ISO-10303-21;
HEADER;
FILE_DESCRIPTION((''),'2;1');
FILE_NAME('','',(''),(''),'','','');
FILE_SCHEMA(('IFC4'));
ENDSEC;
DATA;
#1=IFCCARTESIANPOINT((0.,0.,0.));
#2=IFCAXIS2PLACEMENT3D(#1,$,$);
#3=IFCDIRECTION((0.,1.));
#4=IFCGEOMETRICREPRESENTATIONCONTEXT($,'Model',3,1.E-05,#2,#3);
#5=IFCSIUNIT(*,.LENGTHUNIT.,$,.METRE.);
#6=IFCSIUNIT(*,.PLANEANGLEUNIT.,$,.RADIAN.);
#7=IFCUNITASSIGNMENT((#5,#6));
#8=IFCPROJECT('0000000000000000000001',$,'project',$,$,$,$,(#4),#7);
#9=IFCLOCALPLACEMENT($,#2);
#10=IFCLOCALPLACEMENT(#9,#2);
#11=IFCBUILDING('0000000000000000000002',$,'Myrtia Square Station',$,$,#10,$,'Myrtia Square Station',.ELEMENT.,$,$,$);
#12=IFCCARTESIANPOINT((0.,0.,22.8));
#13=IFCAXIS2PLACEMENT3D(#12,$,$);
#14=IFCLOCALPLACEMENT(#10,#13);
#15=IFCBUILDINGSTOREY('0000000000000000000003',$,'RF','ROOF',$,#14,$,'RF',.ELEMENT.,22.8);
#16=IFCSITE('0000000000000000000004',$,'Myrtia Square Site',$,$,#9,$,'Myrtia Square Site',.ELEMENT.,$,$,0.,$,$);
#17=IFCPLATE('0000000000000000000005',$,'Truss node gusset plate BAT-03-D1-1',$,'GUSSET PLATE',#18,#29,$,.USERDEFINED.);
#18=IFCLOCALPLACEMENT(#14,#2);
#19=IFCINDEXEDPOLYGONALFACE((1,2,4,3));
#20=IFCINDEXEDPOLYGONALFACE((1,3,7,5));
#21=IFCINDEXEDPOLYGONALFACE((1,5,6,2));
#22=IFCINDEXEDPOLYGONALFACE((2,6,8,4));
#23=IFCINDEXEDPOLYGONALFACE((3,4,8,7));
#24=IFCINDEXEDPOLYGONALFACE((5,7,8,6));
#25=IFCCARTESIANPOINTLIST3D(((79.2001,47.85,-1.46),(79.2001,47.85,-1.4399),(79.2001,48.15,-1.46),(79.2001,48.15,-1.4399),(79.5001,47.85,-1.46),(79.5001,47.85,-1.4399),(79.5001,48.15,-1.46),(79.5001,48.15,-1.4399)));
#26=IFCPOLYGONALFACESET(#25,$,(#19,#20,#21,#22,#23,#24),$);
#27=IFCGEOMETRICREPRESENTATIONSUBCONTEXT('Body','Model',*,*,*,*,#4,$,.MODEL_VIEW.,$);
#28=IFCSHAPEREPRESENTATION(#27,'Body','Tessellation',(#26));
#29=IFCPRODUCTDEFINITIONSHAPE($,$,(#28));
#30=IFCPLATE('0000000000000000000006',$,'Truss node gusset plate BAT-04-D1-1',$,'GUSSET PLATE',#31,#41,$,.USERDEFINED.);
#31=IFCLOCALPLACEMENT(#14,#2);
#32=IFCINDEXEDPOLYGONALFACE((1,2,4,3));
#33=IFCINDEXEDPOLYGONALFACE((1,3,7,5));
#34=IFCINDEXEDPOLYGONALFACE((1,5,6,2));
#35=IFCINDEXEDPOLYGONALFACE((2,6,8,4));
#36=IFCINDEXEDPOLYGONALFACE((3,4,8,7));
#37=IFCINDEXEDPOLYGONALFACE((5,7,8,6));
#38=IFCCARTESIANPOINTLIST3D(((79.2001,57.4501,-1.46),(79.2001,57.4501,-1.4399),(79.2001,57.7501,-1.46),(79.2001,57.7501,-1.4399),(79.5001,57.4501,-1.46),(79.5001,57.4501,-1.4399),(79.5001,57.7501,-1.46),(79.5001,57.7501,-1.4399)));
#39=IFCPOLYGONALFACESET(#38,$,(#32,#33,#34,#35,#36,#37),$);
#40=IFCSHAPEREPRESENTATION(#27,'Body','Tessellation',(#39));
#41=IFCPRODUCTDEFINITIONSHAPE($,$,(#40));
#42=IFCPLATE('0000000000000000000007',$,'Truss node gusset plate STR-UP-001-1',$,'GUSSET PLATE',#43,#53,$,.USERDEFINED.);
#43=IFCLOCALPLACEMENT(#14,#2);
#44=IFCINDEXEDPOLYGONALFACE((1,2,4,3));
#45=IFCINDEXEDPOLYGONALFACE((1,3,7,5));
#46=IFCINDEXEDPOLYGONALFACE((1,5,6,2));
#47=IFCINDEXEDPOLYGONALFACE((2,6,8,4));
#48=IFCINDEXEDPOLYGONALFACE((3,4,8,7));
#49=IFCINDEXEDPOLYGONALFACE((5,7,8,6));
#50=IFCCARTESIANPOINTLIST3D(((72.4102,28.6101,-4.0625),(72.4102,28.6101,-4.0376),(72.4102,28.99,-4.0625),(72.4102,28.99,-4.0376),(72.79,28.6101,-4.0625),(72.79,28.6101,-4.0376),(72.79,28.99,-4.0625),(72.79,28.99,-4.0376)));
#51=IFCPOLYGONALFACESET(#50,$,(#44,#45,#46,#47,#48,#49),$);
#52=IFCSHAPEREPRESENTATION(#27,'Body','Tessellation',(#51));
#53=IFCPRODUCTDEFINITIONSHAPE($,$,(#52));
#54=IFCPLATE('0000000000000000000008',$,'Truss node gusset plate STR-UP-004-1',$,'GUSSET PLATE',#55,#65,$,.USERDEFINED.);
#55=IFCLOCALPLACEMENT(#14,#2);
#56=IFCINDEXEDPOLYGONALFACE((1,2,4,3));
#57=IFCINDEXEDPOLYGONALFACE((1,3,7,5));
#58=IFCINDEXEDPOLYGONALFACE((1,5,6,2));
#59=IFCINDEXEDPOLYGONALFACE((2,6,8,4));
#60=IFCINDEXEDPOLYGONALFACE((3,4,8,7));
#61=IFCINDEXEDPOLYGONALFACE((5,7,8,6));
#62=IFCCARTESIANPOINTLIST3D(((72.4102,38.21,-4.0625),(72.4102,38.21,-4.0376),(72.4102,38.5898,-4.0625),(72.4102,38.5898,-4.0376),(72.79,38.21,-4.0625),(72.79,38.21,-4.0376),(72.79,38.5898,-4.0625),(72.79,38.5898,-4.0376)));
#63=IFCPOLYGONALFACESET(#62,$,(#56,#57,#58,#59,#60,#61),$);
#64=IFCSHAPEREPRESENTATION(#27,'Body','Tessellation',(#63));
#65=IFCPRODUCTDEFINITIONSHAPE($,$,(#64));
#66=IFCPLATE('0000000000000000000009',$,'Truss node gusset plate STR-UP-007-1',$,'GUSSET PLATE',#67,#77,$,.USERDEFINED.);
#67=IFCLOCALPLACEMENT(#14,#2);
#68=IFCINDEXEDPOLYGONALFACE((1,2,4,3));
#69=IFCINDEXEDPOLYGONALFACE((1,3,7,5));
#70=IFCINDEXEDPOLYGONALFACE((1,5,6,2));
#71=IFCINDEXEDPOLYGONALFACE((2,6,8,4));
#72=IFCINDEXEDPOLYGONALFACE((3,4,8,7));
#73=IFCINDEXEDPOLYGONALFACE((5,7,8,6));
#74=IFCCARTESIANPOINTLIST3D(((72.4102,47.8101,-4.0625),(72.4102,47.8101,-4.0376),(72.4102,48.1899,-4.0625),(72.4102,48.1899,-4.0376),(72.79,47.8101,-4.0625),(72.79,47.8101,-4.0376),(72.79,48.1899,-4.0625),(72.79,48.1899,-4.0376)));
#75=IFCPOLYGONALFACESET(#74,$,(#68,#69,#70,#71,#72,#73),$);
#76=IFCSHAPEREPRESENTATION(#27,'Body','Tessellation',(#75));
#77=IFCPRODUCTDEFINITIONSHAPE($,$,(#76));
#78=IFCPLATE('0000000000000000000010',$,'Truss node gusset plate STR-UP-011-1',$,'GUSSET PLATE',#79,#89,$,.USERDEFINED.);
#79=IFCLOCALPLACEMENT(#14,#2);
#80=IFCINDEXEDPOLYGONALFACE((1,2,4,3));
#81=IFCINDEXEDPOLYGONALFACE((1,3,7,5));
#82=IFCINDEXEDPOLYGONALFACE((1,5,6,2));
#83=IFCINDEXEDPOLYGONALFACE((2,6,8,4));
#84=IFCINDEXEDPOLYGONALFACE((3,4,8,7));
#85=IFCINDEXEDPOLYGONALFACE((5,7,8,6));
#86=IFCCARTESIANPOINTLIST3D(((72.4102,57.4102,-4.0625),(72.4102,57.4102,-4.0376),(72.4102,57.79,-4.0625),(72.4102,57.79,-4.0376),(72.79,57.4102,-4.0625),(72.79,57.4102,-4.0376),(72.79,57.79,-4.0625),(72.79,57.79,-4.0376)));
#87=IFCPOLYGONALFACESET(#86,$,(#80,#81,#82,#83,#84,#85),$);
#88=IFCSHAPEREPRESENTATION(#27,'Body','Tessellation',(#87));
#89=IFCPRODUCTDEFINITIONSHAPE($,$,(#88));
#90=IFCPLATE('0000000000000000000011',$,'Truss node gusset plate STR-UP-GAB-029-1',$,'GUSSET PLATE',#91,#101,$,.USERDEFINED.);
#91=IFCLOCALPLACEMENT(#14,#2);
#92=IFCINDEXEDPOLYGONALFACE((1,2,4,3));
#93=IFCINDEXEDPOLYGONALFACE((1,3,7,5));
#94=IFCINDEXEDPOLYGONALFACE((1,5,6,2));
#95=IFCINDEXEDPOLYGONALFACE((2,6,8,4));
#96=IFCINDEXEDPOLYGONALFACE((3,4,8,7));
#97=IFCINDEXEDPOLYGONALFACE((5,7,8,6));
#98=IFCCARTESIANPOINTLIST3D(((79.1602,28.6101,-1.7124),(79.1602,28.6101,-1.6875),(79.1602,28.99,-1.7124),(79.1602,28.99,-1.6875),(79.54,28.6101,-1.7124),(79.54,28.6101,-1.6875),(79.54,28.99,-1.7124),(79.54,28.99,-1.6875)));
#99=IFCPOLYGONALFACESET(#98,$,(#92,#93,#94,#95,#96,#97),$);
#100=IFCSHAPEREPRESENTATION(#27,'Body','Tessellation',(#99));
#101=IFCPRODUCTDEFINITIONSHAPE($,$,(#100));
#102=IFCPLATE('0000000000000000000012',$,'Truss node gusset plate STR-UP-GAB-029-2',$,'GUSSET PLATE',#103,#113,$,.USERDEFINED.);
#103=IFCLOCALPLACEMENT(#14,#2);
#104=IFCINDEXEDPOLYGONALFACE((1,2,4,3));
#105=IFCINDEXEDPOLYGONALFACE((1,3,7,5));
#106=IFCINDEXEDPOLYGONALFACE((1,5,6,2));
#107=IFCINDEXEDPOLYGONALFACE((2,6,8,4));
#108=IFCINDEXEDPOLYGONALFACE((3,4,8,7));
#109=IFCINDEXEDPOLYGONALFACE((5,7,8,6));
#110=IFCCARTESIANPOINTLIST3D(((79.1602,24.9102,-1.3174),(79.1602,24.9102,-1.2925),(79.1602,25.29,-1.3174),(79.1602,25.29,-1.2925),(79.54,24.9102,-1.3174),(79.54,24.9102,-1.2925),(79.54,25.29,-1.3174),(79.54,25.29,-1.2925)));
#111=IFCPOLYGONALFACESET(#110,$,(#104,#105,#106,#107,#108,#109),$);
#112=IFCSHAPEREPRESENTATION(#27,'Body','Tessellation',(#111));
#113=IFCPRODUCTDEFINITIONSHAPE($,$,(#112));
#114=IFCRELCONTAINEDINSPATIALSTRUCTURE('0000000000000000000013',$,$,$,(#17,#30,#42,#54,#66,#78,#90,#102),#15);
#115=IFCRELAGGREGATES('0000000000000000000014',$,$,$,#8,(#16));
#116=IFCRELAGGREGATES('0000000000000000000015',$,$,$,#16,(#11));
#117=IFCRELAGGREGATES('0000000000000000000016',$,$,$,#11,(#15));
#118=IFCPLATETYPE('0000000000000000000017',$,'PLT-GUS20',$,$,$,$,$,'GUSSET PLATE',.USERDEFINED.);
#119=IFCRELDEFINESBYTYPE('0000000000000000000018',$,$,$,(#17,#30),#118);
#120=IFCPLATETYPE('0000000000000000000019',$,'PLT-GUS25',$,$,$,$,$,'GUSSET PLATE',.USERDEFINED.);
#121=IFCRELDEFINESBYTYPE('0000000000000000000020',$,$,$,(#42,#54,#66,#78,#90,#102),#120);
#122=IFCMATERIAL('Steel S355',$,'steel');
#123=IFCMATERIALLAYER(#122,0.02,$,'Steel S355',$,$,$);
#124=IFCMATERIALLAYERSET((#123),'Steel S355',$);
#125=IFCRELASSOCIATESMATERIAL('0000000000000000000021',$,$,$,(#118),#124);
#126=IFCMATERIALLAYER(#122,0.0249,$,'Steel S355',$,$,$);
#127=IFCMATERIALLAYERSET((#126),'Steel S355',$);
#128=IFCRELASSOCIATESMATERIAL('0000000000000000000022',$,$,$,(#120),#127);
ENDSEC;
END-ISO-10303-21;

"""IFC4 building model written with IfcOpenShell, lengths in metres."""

from ifc_helpers import new_model, si_unit, direction, frame, origin, origin_2d, place, context, subcontext, project, spatial, rectangle, extrude, material, layer, layer_set, type_object, element, save


model = new_model("IFC4")

# Units and contexts
model_context = context("Model", 3, precision=1e-05, world=origin(), true_north=direction((0.0, 1.0)))
body_context = subcontext(model_context, "Body", "Model", "MODEL_VIEW")
ifc_project = project(units=[si_unit("LENGTHUNIT", "METRE"), si_unit("PLANEANGLEUNIT", "RADIAN")], contexts=[model_context])

# Site, building, storey
site_placement = place(None, origin())
site = spatial("IfcSite", under=ifc_project, at=site_placement, Name="Myrtia Square Site", LongName="Myrtia Square Site", CompositionType="ELEMENT", RefElevation=0.0)
building_placement = place(site_placement, origin())
building = spatial("IfcBuilding", under=site, at=building_placement, Name="Myrtia Square Station", LongName="Myrtia Square Station", CompositionType="ELEMENT")
storey_placement = place(building_placement, frame((0.0, 0.0, 22.8)))
storey = spatial("IfcBuildingStorey", under=building, at=storey_placement, Name="RF", Description="ROOF", LongName="RF", CompositionType="ELEMENT", Elevation=22.8)

# Shared definitions
ifc_material = material(Name="Steel S355", Category="steel")

# Plates
ifc_layer_1 = layer(ifc_material, 0.02, Name="Steel S355")
ifc_layer_set_1 = layer_set([ifc_layer_1], Name="Steel S355")
plate_type_1 = type_object("IfcPlateType", Name="PLT-GUS20", ElementType="GUSSET PLATE", PredefinedType="USERDEFINED", material=ifc_layer_set_1)
for number, where, z_axis, x_axis, name in (
    (1, (79.3501, 48.0, -1.46), (0.0, 0.0, 1.0), (1.0, 0.0, 0.0), "Truss node gusset plate BAT-03-D1-1"),
    (2, (79.3501, 57.6001, -1.46), (0.0, 0.0, 1.0), (1.0, 0.0, 0.0), "Truss node gusset plate BAT-04-D1-1"),
):
    element("IfcPlate", number, at=place(storey_placement, frame(where, z_axis=z_axis, x_axis=x_axis)), inside=storey, type_object=plate_type_1, Name=name, ObjectType="GUSSET PLATE", PredefinedType="USERDEFINED", context=body_context, shape_type="SweptSolid", body=[
        extrude(rectangle(XDim=0.3, YDim=0.3, at=origin_2d()), origin(), (0.0, 0.0, 1.0), 0.02),
    ])
ifc_layer_2 = layer(ifc_material, 0.0249, Name="Steel S355")
ifc_layer_set_2 = layer_set([ifc_layer_2], Name="Steel S355")
plate_type_2 = type_object("IfcPlateType", Name="PLT-GUS25", ElementType="GUSSET PLATE", PredefinedType="USERDEFINED", material=ifc_layer_set_2)
for number, where, z_axis, x_axis, name in (
    (3, (72.6001, 28.8, -4.0625), (0.0, 0.0, 1.0), (-1.0, 0.0, 0.0), "Truss node gusset plate STR-UP-001-1"),
    (4, (72.6001, 38.3999, -4.0625), (0.0, 0.0, 1.0), (-1.0, 0.0, 0.0), "Truss node gusset plate STR-UP-004-1"),
    (5, (72.6001, 48.0, -4.0625), (0.0, 0.0, 1.0), (-1.0, 0.0, 0.0), "Truss node gusset plate STR-UP-007-1"),
    (6, (72.6001, 57.6001, -4.0625), (0.0, 0.0, 1.0), (-1.0, 0.0, 0.0), "Truss node gusset plate STR-UP-011-1"),
    (7, (79.3501, 28.8, -1.7124), (0.0, 0.0, 1.0), (0.0, -1.0, 0.0), "Truss node gusset plate STR-UP-GAB-029-1"),
    (8, (79.3501, 25.1001, -1.3174), (0.0, 0.0, 1.0), (0.0, -1.0, 0.0), "Truss node gusset plate STR-UP-GAB-029-2"),
):
    element("IfcPlate", number, at=place(storey_placement, frame(where, z_axis=z_axis, x_axis=x_axis)), inside=storey, type_object=plate_type_2, Name=name, ObjectType="GUSSET PLATE", PredefinedType="USERDEFINED", context=body_context, shape_type="SweptSolid", body=[
        extrude(rectangle(XDim=0.3799, YDim=0.3799, at=origin_2d()), origin(), (0.0, 0.0, 1.0), 0.0249),
    ])

save(model, "model.ifc")
